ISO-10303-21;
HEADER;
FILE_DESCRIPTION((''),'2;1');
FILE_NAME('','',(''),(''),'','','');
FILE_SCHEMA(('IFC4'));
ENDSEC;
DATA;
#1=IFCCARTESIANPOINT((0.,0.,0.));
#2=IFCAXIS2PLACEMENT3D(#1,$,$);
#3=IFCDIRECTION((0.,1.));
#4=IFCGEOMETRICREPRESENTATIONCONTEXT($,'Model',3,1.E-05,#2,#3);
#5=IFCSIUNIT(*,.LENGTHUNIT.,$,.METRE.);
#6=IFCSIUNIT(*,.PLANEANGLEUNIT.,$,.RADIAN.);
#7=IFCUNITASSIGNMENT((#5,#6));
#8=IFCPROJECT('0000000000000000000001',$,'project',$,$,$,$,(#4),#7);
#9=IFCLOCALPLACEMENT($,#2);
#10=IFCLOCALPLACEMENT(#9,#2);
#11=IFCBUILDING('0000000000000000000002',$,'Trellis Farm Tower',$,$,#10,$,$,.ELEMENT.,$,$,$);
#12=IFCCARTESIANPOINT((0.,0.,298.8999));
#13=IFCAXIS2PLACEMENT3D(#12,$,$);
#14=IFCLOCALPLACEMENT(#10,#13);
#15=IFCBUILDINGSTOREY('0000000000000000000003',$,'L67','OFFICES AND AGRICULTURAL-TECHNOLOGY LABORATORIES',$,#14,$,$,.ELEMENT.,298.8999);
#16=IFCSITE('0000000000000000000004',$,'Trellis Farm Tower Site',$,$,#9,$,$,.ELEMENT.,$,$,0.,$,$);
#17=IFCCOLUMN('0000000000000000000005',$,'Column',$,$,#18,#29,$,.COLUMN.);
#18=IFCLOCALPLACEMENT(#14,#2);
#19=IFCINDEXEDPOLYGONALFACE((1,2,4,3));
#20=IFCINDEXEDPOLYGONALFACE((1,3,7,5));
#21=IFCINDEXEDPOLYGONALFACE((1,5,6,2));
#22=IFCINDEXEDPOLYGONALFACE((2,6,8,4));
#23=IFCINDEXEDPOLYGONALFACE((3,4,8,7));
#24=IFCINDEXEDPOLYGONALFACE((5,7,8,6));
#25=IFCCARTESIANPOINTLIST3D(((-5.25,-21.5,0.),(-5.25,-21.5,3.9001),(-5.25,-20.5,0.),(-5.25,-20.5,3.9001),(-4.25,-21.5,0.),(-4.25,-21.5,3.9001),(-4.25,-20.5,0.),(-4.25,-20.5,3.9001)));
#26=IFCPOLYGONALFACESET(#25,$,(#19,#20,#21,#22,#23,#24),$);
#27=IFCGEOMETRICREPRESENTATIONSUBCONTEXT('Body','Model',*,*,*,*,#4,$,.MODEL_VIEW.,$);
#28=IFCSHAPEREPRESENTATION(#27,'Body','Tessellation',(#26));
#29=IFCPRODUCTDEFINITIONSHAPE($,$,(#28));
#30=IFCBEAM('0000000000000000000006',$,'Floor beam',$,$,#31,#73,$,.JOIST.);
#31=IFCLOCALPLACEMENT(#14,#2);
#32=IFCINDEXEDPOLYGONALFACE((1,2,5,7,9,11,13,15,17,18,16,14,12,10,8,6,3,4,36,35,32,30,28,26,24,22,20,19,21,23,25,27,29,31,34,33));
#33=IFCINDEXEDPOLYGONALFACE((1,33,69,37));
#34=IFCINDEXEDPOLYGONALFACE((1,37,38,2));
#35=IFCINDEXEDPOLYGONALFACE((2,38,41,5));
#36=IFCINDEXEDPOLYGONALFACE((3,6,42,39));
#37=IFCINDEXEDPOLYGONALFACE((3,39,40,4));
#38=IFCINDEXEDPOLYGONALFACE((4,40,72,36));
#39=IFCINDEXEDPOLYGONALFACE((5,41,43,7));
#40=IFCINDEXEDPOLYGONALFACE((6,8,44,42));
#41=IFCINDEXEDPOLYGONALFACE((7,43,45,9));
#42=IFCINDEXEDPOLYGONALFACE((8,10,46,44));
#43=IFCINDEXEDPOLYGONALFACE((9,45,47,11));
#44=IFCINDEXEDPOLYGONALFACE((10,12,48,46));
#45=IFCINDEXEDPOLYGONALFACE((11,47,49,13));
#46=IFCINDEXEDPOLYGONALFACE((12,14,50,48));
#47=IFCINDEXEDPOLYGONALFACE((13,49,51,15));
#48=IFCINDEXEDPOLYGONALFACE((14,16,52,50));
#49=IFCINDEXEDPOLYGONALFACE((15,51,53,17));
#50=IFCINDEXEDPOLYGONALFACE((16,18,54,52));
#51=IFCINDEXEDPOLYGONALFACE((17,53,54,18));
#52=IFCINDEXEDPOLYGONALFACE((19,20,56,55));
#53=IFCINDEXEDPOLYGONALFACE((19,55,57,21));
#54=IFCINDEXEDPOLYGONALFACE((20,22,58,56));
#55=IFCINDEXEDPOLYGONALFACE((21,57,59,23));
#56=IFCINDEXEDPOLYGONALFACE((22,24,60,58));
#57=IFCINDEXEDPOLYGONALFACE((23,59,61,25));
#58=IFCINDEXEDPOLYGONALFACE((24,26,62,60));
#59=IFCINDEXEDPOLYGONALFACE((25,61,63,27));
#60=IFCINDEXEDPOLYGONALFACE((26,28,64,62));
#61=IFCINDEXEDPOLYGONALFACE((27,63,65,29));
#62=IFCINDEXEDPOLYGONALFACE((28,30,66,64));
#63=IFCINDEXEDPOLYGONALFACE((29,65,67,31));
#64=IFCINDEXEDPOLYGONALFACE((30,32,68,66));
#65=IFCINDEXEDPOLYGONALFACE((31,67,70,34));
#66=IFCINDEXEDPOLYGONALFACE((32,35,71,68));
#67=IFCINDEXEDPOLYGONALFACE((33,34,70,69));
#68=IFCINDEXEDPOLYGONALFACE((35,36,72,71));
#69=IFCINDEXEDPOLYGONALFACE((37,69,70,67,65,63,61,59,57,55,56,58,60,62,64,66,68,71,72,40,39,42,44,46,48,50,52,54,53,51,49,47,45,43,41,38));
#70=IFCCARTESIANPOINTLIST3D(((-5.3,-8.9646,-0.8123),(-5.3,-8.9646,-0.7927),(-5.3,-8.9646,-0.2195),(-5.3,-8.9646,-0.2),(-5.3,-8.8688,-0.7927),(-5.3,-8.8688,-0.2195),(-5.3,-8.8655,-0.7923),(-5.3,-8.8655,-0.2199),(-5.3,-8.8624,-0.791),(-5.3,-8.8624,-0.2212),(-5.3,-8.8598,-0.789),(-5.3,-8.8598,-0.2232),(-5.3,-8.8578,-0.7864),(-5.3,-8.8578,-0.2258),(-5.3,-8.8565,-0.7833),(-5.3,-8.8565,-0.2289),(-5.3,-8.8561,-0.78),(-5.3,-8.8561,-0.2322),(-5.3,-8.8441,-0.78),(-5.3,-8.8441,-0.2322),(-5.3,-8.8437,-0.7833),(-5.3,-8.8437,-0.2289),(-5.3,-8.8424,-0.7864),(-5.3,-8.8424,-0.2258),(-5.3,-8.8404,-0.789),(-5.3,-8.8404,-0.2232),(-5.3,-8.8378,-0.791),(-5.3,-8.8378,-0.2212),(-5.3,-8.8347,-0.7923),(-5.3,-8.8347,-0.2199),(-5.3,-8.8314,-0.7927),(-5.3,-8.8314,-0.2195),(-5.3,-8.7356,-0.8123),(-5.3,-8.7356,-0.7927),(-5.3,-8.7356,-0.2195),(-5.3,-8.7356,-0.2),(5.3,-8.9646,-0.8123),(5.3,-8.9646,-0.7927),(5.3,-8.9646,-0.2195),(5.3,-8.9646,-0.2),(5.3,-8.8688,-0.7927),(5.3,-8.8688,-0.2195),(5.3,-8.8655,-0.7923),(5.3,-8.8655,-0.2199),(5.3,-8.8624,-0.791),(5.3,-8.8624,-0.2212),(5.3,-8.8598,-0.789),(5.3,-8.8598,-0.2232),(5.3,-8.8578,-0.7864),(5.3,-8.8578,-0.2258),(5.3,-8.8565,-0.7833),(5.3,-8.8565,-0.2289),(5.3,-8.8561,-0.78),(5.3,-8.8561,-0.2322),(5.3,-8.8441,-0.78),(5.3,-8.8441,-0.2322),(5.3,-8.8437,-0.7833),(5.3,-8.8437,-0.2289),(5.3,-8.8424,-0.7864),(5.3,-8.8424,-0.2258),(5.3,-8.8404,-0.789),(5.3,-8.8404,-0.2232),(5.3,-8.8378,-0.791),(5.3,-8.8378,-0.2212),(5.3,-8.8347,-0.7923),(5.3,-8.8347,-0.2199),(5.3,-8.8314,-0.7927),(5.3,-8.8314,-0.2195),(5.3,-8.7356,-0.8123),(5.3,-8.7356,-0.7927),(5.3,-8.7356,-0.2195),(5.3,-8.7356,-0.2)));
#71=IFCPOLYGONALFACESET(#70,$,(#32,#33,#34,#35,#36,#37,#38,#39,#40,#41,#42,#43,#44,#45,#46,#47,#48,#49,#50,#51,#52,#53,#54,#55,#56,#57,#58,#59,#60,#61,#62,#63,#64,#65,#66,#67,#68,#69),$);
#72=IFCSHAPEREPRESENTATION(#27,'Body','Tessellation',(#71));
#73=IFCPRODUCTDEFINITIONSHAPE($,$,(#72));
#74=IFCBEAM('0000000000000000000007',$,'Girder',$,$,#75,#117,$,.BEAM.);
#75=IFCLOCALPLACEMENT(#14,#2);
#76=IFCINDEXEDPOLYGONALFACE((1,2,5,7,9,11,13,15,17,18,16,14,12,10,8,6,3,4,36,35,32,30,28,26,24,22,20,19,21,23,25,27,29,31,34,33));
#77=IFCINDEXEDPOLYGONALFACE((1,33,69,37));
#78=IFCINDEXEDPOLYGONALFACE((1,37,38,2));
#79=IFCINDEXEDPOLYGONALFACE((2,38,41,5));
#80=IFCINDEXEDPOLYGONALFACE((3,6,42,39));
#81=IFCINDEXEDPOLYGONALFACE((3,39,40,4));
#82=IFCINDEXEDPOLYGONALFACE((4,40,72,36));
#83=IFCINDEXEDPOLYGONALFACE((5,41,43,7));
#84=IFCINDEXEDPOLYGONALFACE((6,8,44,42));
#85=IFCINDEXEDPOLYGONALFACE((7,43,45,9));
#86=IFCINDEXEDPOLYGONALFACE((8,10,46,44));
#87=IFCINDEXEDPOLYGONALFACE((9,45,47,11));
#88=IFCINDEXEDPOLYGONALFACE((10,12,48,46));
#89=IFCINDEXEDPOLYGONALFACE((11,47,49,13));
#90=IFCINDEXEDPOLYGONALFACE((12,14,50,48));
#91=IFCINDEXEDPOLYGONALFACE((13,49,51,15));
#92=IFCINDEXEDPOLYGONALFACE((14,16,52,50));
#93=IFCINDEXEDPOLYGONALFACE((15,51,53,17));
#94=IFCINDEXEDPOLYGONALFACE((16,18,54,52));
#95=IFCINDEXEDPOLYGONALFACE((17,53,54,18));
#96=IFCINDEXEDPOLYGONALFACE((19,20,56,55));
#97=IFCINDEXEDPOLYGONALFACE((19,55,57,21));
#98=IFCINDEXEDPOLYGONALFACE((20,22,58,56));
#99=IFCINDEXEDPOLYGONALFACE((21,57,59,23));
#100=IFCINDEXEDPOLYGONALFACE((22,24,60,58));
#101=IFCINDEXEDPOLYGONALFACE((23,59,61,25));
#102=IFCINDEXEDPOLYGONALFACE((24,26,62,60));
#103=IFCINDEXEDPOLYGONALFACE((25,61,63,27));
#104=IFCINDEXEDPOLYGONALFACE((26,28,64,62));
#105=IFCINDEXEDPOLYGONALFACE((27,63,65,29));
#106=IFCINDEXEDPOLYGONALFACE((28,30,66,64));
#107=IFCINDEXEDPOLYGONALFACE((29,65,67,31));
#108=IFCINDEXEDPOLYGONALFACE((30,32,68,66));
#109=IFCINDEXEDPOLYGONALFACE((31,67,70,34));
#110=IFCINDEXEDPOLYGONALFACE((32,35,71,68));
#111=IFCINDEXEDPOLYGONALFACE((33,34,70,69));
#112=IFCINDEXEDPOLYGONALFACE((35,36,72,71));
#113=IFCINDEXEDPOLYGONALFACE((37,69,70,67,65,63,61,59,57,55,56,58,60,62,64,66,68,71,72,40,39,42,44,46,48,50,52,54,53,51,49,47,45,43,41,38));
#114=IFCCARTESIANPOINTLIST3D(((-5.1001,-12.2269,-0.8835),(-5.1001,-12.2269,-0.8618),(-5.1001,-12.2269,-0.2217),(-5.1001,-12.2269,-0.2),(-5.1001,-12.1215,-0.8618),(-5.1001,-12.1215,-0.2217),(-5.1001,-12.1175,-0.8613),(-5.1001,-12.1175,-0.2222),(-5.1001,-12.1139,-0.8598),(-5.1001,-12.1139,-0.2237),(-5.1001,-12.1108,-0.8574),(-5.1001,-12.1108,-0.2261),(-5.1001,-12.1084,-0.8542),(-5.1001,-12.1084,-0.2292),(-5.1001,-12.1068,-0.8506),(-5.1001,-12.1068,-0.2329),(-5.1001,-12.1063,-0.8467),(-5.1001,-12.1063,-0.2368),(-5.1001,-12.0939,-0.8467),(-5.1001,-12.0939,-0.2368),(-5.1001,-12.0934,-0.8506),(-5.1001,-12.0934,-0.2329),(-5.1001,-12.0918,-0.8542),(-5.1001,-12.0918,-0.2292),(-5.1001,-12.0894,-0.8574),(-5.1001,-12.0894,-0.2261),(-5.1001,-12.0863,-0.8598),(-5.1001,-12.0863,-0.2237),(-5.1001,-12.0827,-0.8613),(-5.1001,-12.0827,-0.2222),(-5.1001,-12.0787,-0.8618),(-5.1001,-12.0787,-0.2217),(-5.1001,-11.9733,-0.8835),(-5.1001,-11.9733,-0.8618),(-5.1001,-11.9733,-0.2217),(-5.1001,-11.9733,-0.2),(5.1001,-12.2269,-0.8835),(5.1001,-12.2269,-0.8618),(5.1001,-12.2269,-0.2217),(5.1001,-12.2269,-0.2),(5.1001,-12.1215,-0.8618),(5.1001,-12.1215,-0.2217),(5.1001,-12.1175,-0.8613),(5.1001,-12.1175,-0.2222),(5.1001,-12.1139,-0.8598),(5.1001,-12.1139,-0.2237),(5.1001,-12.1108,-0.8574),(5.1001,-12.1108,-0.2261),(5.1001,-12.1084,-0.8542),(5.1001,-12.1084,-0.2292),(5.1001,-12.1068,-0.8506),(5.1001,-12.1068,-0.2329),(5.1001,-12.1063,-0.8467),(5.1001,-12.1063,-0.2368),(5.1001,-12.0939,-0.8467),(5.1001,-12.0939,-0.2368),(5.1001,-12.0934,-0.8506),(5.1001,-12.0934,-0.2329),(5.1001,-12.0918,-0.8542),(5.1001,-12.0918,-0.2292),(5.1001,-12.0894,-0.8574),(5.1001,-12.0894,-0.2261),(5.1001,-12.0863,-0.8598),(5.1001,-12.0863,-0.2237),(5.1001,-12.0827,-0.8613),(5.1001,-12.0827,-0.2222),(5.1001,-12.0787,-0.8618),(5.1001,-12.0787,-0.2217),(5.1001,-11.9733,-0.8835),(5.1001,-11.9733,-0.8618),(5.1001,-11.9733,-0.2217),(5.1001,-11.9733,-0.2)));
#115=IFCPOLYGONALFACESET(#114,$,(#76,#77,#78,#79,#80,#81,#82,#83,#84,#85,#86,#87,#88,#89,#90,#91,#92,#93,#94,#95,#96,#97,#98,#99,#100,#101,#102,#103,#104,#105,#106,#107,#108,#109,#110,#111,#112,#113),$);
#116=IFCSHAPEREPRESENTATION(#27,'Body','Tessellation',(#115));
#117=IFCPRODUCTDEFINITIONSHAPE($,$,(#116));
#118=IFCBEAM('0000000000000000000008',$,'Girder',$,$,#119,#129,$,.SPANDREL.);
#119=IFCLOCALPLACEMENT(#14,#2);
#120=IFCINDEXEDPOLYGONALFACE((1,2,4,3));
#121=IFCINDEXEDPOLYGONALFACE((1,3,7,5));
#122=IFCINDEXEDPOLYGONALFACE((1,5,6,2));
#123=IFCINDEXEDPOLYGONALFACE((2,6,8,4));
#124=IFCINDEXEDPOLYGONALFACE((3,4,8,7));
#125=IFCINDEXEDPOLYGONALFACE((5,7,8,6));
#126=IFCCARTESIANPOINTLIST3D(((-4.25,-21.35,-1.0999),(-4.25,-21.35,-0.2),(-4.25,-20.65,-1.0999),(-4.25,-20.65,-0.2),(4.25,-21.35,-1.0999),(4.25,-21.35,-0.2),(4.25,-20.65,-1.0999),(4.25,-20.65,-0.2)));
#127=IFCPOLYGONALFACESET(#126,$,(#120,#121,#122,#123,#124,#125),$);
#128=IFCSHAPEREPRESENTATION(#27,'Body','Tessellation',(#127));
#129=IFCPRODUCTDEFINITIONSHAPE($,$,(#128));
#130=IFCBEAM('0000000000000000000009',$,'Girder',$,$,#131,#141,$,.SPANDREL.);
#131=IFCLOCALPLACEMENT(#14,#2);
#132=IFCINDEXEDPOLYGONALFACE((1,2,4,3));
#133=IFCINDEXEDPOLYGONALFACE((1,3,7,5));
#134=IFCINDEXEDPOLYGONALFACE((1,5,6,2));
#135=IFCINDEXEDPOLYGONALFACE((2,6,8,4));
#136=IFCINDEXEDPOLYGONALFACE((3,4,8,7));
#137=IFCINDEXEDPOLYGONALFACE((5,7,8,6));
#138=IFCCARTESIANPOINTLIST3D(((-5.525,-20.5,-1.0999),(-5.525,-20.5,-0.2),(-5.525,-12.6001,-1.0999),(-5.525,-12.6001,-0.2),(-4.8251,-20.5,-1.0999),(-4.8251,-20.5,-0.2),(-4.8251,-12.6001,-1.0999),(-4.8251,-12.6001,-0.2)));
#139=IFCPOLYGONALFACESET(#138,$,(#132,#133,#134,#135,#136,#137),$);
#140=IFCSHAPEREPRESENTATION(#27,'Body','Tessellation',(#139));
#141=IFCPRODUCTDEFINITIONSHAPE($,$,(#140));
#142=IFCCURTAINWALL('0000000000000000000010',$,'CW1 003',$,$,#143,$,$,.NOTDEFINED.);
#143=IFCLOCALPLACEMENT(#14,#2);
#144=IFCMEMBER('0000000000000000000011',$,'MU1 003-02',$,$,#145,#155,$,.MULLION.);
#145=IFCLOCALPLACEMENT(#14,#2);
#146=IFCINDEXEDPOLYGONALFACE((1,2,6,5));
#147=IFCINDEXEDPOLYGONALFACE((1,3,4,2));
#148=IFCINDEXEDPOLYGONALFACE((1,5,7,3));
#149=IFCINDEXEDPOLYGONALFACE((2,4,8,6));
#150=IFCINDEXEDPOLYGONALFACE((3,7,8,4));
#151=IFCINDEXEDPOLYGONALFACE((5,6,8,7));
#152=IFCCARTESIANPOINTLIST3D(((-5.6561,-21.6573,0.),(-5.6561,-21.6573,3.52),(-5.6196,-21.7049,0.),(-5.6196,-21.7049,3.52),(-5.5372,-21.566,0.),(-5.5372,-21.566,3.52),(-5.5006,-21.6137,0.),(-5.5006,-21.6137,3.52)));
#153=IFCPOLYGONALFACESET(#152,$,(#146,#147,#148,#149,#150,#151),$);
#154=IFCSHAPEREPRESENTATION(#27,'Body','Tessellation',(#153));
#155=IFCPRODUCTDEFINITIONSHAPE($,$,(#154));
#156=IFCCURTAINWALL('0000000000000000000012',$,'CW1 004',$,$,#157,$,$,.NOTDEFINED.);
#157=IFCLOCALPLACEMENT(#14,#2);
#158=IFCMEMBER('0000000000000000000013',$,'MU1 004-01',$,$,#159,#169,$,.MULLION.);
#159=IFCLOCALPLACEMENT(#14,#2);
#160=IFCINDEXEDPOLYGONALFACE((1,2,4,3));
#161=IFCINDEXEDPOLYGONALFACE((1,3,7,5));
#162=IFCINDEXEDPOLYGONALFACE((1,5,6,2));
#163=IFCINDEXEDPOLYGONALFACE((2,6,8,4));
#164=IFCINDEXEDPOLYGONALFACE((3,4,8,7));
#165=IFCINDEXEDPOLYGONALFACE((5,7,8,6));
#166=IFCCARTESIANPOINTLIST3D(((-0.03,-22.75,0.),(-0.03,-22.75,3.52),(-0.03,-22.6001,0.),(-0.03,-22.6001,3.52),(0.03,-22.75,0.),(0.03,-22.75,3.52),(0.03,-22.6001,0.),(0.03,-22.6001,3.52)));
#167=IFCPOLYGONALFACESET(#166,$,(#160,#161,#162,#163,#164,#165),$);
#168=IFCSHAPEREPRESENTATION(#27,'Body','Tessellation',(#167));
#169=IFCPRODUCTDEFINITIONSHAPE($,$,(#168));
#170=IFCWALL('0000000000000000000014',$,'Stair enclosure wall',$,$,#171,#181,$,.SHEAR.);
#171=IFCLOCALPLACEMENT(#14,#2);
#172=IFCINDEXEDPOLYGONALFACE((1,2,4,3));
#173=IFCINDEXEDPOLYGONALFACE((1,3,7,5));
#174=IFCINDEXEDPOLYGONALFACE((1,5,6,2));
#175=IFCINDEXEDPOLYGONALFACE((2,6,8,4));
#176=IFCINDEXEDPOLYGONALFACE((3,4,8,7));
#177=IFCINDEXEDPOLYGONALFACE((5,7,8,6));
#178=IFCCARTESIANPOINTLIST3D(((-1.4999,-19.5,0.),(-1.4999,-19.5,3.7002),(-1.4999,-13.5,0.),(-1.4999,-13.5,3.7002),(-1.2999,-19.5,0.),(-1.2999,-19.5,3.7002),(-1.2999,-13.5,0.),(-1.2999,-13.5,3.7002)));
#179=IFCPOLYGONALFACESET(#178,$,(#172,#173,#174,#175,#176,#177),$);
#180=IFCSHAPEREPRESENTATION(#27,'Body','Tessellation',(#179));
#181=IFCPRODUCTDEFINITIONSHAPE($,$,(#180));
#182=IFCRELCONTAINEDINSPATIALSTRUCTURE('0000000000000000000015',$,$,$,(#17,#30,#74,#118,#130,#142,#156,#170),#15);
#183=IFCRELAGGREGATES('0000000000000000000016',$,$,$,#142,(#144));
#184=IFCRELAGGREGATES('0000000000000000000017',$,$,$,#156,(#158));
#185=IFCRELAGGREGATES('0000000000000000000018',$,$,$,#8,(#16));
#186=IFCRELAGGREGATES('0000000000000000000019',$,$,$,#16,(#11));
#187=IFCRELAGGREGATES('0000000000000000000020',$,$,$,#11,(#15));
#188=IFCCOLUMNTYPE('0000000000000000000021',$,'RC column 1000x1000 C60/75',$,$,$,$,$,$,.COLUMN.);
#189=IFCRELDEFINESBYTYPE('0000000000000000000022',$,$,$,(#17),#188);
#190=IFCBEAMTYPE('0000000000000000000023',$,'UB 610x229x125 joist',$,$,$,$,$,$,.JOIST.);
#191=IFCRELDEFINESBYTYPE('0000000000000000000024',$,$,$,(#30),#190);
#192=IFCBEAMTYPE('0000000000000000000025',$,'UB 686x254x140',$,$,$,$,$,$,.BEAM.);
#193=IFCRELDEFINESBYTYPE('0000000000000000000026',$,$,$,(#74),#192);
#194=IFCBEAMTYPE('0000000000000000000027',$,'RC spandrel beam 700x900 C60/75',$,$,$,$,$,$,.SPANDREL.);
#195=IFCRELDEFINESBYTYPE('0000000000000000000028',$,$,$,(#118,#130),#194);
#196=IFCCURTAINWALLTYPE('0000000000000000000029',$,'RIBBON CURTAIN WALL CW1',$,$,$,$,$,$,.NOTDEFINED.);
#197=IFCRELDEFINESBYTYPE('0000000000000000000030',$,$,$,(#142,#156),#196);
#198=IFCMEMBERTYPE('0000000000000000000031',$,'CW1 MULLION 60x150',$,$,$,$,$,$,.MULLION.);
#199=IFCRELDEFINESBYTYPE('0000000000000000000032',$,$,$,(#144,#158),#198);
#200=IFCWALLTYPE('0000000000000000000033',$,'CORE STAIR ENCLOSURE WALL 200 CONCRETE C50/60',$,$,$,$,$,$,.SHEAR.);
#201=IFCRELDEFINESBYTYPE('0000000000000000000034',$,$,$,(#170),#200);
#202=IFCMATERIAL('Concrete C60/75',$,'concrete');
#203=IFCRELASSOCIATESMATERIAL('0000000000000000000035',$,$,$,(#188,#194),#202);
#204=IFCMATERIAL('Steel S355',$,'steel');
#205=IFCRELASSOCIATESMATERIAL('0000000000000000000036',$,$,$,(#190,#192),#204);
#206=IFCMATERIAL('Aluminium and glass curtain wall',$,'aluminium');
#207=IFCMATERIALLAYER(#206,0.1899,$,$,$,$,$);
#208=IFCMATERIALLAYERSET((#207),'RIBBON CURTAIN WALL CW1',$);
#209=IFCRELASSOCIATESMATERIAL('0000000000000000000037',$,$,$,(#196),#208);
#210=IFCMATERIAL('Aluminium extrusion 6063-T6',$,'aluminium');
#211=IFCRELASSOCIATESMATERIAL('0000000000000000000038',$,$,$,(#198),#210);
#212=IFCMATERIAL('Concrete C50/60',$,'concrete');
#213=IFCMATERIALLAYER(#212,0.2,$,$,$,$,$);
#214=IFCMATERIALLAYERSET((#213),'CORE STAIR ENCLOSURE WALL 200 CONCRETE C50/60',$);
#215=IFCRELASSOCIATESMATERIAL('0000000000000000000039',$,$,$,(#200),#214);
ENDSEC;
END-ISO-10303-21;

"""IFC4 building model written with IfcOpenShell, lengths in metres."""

from ifc_helpers import new_model, si_unit, direction, frame, frame_2d, origin, origin_2d, place, context, subcontext, project, spatial, rectangle, i_section, extrude, source, transform, mapped, material, layer, layer_set, material_profile, profile_set, type_object, element, aggregate, save


model = new_model("IFC4")

# Units and contexts
model_context = context("Model", 3, precision=1e-05, world=origin(), true_north=direction((0.0, 1.0)))
body_context = subcontext(model_context, "Body", "Model", "MODEL_VIEW")
ifc_project = project(units=[si_unit("LENGTHUNIT", "METRE"), si_unit("PLANEANGLEUNIT", "RADIAN")], contexts=[model_context])

# Site, building, storey
site_placement = place(None, origin())
site = spatial("IfcSite", under=ifc_project, at=site_placement, Name="Trellis Farm Tower Site", CompositionType="ELEMENT", RefElevation=0.0)
building_placement = place(site_placement, origin())
building = spatial("IfcBuilding", under=site, at=building_placement, Name="Trellis Farm Tower", CompositionType="ELEMENT")
storey_placement = place(building_placement, frame((0.0, 0.0, 298.8999)))
storey = spatial("IfcBuildingStorey", under=building, at=storey_placement, Name="L67", Description="OFFICES AND AGRICULTURAL-TECHNOLOGY LABORATORIES", CompositionType="ELEMENT", Elevation=298.8999)

# Column
ifc_material_1 = material(Name="Concrete C60/75", Category="concrete")
ifc_material_profile_1 = material_profile(ifc_material_1, rectangle(XDim=1.0, YDim=1.0, at=origin_2d()), Name="RC column 1000x1000 C60/75")
ifc_profile_set_1 = profile_set([ifc_material_profile_1], Name="Concrete C60/75")
column_type = type_object("IfcColumnType", Name="RC column 1000x1000 C60/75", PredefinedType="COLUMN", material=ifc_profile_set_1)
shared_shape_1 = source(origin(), body_context, "Body", "SweptSolid", [
    extrude(rectangle(XDim=1.0, YDim=1.0, at=origin_2d()), origin(), (0.0, 0.0, 1.0), 3.9001),
])
column_placement = place(storey_placement, frame((-4.75, -21.0, 0.0), z_axis=(0.0, 0.0, 1.0), x_axis=(1.0, 0.0, 0.0)))
element("IfcColumn", 1, at=column_placement, inside=storey, type_object=column_type, Name="Column", PredefinedType="COLUMN", context=body_context, shape_type="MappedRepresentation", body=[
    mapped(shared_shape_1, transform((0.0, 0.0, 0.0))),
])

# Beams
ifc_material_2 = material(Name="Steel S355", Category="steel")
ifc_material_profile_2 = material_profile(ifc_material_2, i_section(OverallWidth=0.229, OverallDepth=0.6123, WebThickness=0.012, FlangeThickness=0.0195, FilletRadius=0.0127, at=origin_2d()), Name="UB 610x229x125")
ifc_profile_set_2 = profile_set([ifc_material_profile_2], Name="Steel S355")
beam_type_1 = type_object("IfcBeamType", Name="UB 610x229x125 joist", PredefinedType="JOIST", material=ifc_profile_set_2)
shared_shape_2 = source(origin(), body_context, "Body", "SweptSolid", [
    extrude(i_section(OverallWidth=0.229, OverallDepth=0.6123, WebThickness=0.012, FlangeThickness=0.0195, FilletRadius=0.0127, at=origin_2d()), origin(), (0.0, 0.0, 1.0), 10.6001),
])
beam_1_placement = place(storey_placement, frame((-5.3, -8.8501, -0.5061), z_axis=(1.0, 0.0, 0.0), x_axis=(0.0, 1.0, 0.0)))
element("IfcBeam", 2, at=beam_1_placement, inside=storey, type_object=beam_type_1, Name="Floor beam", PredefinedType="JOIST", context=body_context, shape_type="MappedRepresentation", body=[
    mapped(shared_shape_2, transform((0.0, 0.0, 0.0))),
])
ifc_material_profile_3 = material_profile(ifc_material_2, i_section(OverallWidth=0.2537, OverallDepth=0.6836, WebThickness=0.0125, FlangeThickness=0.0217, FilletRadius=0.0151, at=origin_2d()), Name="UB 686x254x140")
ifc_profile_set_3 = profile_set([ifc_material_profile_3], Name="Steel S355")
beam_type_2 = type_object("IfcBeamType", Name="UB 686x254x140", PredefinedType="BEAM", material=ifc_profile_set_3)
shared_shape_3 = source(origin(), body_context, "Body", "SweptSolid", [
    extrude(i_section(OverallWidth=0.2537, OverallDepth=0.6836, WebThickness=0.0125, FlangeThickness=0.0217, FilletRadius=0.0151, at=origin_2d()), origin(), (0.0, 0.0, 1.0), 10.2002),
])
beam_2_placement = place(storey_placement, frame((-5.1001, -12.1001, -0.5417), z_axis=(1.0, 0.0, 0.0), x_axis=(0.0, 1.0, 0.0)))
element("IfcBeam", 3, at=beam_2_placement, inside=storey, type_object=beam_type_2, Name="Girder", PredefinedType="BEAM", context=body_context, shape_type="MappedRepresentation", body=[
    mapped(shared_shape_3, transform((0.0, 0.0, 0.0))),
])
ifc_material_profile_4 = material_profile(ifc_material_1, rectangle(XDim=0.7, YDim=0.8999, at=origin_2d()), Name="RC spandrel beam 700x900 C60/75")
ifc_profile_set_4 = profile_set([ifc_material_profile_4], Name="Concrete C60/75")
beam_type_3 = type_object("IfcBeamType", Name="RC spandrel beam 700x900 C60/75", PredefinedType="SPANDREL", material=ifc_profile_set_4)
shared_shape_4 = source(origin(), body_context, "Body", "SweptSolid", [
    extrude(rectangle(XDim=0.7, YDim=0.8999, at=origin_2d()), origin(), (0.0, 0.0, 1.0), 8.5),
])
beam_3_placement = place(storey_placement, frame((-4.25, -21.0, -0.6499), z_axis=(1.0, 0.0, 0.0), x_axis=(0.0, 1.0, 0.0)))
element("IfcBeam", 4, at=beam_3_placement, inside=storey, type_object=beam_type_3, Name="Girder", PredefinedType="SPANDREL", context=body_context, shape_type="MappedRepresentation", body=[
    mapped(shared_shape_4, transform((0.0, 0.0, 0.0))),
])
shared_shape_5 = source(origin(), body_context, "Body", "SweptSolid", [
    extrude(rectangle(XDim=0.7, YDim=0.8999, at=origin_2d()), origin(), (0.0, 0.0, 1.0), 7.8999),
])
beam_4_placement = place(storey_placement, frame((-5.175, -20.5, -0.6499), z_axis=(0.0, 1.0, 0.0), x_axis=(-1.0, 0.0, 0.0)))
element("IfcBeam", 5, at=beam_4_placement, inside=storey, type_object=beam_type_3, Name="Girder", PredefinedType="SPANDREL", context=body_context, shape_type="MappedRepresentation", body=[
    mapped(shared_shape_5, transform((0.0, 0.0, 0.0))),
])

# Curtain walls, members
ifc_material_3 = material(Name="Aluminium and glass curtain wall", Category="aluminium")
ifc_layer_1 = layer(ifc_material_3, 0.1899)
ifc_layer_set_1 = layer_set([ifc_layer_1], Name="RIBBON CURTAIN WALL CW1")
curtain_wall_type = type_object("IfcCurtainWallType", Name="RIBBON CURTAIN WALL CW1", PredefinedType="NOTDEFINED", material=ifc_layer_set_1)
placement = place(storey_placement, origin())
curtain_wall_1 = element("IfcCurtainWall", 6, at=placement, inside=storey, type_object=curtain_wall_type, Name="CW1 003", PredefinedType="NOTDEFINED")
ifc_material_4 = material(Name="Aluminium extrusion 6063-T6", Category="aluminium")
ifc_material_profile_5 = material_profile(ifc_material_4, rectangle(XDim=0.0601, YDim=0.1499, at=origin_2d()), Name="MULLION 60x150")
ifc_profile_set_5 = profile_set([ifc_material_profile_5], Name="Aluminium extrusion 6063-T6")
member_type = type_object("IfcMemberType", Name="CW1 MULLION 60x150", PredefinedType="MULLION", material=ifc_profile_set_5)
shared_shape_6 = source(origin(), body_context, "Body", "SweptSolid", [
    extrude(rectangle(XDim=0.0601, YDim=0.1499, at=origin_2d()), origin(), (0.0, 0.0, 1.0), 3.52),
])
member_1_placement = place(storey_placement, frame((-5.5784, -21.6355, 0.0), z_axis=(0.0, 0.0, 1.0), x_axis=(0.608761, -0.793353, 0.0)))
member_1 = element("IfcMember", 7, at=member_1_placement, type_object=member_type, Name="MU1 003-02", PredefinedType="MULLION", context=body_context, shape_type="MappedRepresentation", body=[
    mapped(shared_shape_6, transform((0.0, 0.0, 0.0))),
])
aggregate(curtain_wall_1, [member_1])
curtain_wall_2 = element("IfcCurtainWall", 8, at=placement, inside=storey, type_object=curtain_wall_type, Name="CW1 004", PredefinedType="NOTDEFINED")
member_2_placement = place(storey_placement, frame((0.0, -22.675, 0.0), z_axis=(0.0, 0.0, 1.0), x_axis=(1.0, 0.0, 0.0)))
member_2 = element("IfcMember", 9, at=member_2_placement, type_object=member_type, Name="MU1 004-01", PredefinedType="MULLION", context=body_context, shape_type="MappedRepresentation", body=[
    mapped(shared_shape_6, transform((0.0, 0.0, 0.0))),
])
aggregate(curtain_wall_2, [member_2])

# Wall
ifc_material_5 = material(Name="Concrete C50/60", Category="concrete")
ifc_layer_2 = layer(ifc_material_5, 0.2)
ifc_layer_set_2 = layer_set([ifc_layer_2], Name="CORE STAIR ENCLOSURE WALL 200 CONCRETE C50/60")
wall_type_1 = type_object("IfcWallType", Name="CORE STAIR ENCLOSURE WALL 200 CONCRETE C50/60", PredefinedType="SHEAR", material=ifc_layer_set_2)
shared_shape_7 = source(origin(), body_context, "Body", "SweptSolid", [
    extrude(rectangle(XDim=6.0, YDim=0.2, at=frame_2d((3.0, 0.0))), origin(), (0.0, 0.0, 1.0), 3.7002),
])
wall_1_placement = place(storey_placement, frame((-1.3999, -13.5, 0.0), z_axis=(0.0, 0.0, 1.0), x_axis=(0.0, -1.0, 0.0)))
element("IfcWall", 10, at=wall_1_placement, inside=storey, type_object=wall_type_1, Name="Stair enclosure wall", PredefinedType="SHEAR", context=body_context, shape_type="MappedRepresentation", body=[
    mapped(shared_shape_7, transform((0.0, 0.0, 0.0))),
])

save(model, "model.ifc")
